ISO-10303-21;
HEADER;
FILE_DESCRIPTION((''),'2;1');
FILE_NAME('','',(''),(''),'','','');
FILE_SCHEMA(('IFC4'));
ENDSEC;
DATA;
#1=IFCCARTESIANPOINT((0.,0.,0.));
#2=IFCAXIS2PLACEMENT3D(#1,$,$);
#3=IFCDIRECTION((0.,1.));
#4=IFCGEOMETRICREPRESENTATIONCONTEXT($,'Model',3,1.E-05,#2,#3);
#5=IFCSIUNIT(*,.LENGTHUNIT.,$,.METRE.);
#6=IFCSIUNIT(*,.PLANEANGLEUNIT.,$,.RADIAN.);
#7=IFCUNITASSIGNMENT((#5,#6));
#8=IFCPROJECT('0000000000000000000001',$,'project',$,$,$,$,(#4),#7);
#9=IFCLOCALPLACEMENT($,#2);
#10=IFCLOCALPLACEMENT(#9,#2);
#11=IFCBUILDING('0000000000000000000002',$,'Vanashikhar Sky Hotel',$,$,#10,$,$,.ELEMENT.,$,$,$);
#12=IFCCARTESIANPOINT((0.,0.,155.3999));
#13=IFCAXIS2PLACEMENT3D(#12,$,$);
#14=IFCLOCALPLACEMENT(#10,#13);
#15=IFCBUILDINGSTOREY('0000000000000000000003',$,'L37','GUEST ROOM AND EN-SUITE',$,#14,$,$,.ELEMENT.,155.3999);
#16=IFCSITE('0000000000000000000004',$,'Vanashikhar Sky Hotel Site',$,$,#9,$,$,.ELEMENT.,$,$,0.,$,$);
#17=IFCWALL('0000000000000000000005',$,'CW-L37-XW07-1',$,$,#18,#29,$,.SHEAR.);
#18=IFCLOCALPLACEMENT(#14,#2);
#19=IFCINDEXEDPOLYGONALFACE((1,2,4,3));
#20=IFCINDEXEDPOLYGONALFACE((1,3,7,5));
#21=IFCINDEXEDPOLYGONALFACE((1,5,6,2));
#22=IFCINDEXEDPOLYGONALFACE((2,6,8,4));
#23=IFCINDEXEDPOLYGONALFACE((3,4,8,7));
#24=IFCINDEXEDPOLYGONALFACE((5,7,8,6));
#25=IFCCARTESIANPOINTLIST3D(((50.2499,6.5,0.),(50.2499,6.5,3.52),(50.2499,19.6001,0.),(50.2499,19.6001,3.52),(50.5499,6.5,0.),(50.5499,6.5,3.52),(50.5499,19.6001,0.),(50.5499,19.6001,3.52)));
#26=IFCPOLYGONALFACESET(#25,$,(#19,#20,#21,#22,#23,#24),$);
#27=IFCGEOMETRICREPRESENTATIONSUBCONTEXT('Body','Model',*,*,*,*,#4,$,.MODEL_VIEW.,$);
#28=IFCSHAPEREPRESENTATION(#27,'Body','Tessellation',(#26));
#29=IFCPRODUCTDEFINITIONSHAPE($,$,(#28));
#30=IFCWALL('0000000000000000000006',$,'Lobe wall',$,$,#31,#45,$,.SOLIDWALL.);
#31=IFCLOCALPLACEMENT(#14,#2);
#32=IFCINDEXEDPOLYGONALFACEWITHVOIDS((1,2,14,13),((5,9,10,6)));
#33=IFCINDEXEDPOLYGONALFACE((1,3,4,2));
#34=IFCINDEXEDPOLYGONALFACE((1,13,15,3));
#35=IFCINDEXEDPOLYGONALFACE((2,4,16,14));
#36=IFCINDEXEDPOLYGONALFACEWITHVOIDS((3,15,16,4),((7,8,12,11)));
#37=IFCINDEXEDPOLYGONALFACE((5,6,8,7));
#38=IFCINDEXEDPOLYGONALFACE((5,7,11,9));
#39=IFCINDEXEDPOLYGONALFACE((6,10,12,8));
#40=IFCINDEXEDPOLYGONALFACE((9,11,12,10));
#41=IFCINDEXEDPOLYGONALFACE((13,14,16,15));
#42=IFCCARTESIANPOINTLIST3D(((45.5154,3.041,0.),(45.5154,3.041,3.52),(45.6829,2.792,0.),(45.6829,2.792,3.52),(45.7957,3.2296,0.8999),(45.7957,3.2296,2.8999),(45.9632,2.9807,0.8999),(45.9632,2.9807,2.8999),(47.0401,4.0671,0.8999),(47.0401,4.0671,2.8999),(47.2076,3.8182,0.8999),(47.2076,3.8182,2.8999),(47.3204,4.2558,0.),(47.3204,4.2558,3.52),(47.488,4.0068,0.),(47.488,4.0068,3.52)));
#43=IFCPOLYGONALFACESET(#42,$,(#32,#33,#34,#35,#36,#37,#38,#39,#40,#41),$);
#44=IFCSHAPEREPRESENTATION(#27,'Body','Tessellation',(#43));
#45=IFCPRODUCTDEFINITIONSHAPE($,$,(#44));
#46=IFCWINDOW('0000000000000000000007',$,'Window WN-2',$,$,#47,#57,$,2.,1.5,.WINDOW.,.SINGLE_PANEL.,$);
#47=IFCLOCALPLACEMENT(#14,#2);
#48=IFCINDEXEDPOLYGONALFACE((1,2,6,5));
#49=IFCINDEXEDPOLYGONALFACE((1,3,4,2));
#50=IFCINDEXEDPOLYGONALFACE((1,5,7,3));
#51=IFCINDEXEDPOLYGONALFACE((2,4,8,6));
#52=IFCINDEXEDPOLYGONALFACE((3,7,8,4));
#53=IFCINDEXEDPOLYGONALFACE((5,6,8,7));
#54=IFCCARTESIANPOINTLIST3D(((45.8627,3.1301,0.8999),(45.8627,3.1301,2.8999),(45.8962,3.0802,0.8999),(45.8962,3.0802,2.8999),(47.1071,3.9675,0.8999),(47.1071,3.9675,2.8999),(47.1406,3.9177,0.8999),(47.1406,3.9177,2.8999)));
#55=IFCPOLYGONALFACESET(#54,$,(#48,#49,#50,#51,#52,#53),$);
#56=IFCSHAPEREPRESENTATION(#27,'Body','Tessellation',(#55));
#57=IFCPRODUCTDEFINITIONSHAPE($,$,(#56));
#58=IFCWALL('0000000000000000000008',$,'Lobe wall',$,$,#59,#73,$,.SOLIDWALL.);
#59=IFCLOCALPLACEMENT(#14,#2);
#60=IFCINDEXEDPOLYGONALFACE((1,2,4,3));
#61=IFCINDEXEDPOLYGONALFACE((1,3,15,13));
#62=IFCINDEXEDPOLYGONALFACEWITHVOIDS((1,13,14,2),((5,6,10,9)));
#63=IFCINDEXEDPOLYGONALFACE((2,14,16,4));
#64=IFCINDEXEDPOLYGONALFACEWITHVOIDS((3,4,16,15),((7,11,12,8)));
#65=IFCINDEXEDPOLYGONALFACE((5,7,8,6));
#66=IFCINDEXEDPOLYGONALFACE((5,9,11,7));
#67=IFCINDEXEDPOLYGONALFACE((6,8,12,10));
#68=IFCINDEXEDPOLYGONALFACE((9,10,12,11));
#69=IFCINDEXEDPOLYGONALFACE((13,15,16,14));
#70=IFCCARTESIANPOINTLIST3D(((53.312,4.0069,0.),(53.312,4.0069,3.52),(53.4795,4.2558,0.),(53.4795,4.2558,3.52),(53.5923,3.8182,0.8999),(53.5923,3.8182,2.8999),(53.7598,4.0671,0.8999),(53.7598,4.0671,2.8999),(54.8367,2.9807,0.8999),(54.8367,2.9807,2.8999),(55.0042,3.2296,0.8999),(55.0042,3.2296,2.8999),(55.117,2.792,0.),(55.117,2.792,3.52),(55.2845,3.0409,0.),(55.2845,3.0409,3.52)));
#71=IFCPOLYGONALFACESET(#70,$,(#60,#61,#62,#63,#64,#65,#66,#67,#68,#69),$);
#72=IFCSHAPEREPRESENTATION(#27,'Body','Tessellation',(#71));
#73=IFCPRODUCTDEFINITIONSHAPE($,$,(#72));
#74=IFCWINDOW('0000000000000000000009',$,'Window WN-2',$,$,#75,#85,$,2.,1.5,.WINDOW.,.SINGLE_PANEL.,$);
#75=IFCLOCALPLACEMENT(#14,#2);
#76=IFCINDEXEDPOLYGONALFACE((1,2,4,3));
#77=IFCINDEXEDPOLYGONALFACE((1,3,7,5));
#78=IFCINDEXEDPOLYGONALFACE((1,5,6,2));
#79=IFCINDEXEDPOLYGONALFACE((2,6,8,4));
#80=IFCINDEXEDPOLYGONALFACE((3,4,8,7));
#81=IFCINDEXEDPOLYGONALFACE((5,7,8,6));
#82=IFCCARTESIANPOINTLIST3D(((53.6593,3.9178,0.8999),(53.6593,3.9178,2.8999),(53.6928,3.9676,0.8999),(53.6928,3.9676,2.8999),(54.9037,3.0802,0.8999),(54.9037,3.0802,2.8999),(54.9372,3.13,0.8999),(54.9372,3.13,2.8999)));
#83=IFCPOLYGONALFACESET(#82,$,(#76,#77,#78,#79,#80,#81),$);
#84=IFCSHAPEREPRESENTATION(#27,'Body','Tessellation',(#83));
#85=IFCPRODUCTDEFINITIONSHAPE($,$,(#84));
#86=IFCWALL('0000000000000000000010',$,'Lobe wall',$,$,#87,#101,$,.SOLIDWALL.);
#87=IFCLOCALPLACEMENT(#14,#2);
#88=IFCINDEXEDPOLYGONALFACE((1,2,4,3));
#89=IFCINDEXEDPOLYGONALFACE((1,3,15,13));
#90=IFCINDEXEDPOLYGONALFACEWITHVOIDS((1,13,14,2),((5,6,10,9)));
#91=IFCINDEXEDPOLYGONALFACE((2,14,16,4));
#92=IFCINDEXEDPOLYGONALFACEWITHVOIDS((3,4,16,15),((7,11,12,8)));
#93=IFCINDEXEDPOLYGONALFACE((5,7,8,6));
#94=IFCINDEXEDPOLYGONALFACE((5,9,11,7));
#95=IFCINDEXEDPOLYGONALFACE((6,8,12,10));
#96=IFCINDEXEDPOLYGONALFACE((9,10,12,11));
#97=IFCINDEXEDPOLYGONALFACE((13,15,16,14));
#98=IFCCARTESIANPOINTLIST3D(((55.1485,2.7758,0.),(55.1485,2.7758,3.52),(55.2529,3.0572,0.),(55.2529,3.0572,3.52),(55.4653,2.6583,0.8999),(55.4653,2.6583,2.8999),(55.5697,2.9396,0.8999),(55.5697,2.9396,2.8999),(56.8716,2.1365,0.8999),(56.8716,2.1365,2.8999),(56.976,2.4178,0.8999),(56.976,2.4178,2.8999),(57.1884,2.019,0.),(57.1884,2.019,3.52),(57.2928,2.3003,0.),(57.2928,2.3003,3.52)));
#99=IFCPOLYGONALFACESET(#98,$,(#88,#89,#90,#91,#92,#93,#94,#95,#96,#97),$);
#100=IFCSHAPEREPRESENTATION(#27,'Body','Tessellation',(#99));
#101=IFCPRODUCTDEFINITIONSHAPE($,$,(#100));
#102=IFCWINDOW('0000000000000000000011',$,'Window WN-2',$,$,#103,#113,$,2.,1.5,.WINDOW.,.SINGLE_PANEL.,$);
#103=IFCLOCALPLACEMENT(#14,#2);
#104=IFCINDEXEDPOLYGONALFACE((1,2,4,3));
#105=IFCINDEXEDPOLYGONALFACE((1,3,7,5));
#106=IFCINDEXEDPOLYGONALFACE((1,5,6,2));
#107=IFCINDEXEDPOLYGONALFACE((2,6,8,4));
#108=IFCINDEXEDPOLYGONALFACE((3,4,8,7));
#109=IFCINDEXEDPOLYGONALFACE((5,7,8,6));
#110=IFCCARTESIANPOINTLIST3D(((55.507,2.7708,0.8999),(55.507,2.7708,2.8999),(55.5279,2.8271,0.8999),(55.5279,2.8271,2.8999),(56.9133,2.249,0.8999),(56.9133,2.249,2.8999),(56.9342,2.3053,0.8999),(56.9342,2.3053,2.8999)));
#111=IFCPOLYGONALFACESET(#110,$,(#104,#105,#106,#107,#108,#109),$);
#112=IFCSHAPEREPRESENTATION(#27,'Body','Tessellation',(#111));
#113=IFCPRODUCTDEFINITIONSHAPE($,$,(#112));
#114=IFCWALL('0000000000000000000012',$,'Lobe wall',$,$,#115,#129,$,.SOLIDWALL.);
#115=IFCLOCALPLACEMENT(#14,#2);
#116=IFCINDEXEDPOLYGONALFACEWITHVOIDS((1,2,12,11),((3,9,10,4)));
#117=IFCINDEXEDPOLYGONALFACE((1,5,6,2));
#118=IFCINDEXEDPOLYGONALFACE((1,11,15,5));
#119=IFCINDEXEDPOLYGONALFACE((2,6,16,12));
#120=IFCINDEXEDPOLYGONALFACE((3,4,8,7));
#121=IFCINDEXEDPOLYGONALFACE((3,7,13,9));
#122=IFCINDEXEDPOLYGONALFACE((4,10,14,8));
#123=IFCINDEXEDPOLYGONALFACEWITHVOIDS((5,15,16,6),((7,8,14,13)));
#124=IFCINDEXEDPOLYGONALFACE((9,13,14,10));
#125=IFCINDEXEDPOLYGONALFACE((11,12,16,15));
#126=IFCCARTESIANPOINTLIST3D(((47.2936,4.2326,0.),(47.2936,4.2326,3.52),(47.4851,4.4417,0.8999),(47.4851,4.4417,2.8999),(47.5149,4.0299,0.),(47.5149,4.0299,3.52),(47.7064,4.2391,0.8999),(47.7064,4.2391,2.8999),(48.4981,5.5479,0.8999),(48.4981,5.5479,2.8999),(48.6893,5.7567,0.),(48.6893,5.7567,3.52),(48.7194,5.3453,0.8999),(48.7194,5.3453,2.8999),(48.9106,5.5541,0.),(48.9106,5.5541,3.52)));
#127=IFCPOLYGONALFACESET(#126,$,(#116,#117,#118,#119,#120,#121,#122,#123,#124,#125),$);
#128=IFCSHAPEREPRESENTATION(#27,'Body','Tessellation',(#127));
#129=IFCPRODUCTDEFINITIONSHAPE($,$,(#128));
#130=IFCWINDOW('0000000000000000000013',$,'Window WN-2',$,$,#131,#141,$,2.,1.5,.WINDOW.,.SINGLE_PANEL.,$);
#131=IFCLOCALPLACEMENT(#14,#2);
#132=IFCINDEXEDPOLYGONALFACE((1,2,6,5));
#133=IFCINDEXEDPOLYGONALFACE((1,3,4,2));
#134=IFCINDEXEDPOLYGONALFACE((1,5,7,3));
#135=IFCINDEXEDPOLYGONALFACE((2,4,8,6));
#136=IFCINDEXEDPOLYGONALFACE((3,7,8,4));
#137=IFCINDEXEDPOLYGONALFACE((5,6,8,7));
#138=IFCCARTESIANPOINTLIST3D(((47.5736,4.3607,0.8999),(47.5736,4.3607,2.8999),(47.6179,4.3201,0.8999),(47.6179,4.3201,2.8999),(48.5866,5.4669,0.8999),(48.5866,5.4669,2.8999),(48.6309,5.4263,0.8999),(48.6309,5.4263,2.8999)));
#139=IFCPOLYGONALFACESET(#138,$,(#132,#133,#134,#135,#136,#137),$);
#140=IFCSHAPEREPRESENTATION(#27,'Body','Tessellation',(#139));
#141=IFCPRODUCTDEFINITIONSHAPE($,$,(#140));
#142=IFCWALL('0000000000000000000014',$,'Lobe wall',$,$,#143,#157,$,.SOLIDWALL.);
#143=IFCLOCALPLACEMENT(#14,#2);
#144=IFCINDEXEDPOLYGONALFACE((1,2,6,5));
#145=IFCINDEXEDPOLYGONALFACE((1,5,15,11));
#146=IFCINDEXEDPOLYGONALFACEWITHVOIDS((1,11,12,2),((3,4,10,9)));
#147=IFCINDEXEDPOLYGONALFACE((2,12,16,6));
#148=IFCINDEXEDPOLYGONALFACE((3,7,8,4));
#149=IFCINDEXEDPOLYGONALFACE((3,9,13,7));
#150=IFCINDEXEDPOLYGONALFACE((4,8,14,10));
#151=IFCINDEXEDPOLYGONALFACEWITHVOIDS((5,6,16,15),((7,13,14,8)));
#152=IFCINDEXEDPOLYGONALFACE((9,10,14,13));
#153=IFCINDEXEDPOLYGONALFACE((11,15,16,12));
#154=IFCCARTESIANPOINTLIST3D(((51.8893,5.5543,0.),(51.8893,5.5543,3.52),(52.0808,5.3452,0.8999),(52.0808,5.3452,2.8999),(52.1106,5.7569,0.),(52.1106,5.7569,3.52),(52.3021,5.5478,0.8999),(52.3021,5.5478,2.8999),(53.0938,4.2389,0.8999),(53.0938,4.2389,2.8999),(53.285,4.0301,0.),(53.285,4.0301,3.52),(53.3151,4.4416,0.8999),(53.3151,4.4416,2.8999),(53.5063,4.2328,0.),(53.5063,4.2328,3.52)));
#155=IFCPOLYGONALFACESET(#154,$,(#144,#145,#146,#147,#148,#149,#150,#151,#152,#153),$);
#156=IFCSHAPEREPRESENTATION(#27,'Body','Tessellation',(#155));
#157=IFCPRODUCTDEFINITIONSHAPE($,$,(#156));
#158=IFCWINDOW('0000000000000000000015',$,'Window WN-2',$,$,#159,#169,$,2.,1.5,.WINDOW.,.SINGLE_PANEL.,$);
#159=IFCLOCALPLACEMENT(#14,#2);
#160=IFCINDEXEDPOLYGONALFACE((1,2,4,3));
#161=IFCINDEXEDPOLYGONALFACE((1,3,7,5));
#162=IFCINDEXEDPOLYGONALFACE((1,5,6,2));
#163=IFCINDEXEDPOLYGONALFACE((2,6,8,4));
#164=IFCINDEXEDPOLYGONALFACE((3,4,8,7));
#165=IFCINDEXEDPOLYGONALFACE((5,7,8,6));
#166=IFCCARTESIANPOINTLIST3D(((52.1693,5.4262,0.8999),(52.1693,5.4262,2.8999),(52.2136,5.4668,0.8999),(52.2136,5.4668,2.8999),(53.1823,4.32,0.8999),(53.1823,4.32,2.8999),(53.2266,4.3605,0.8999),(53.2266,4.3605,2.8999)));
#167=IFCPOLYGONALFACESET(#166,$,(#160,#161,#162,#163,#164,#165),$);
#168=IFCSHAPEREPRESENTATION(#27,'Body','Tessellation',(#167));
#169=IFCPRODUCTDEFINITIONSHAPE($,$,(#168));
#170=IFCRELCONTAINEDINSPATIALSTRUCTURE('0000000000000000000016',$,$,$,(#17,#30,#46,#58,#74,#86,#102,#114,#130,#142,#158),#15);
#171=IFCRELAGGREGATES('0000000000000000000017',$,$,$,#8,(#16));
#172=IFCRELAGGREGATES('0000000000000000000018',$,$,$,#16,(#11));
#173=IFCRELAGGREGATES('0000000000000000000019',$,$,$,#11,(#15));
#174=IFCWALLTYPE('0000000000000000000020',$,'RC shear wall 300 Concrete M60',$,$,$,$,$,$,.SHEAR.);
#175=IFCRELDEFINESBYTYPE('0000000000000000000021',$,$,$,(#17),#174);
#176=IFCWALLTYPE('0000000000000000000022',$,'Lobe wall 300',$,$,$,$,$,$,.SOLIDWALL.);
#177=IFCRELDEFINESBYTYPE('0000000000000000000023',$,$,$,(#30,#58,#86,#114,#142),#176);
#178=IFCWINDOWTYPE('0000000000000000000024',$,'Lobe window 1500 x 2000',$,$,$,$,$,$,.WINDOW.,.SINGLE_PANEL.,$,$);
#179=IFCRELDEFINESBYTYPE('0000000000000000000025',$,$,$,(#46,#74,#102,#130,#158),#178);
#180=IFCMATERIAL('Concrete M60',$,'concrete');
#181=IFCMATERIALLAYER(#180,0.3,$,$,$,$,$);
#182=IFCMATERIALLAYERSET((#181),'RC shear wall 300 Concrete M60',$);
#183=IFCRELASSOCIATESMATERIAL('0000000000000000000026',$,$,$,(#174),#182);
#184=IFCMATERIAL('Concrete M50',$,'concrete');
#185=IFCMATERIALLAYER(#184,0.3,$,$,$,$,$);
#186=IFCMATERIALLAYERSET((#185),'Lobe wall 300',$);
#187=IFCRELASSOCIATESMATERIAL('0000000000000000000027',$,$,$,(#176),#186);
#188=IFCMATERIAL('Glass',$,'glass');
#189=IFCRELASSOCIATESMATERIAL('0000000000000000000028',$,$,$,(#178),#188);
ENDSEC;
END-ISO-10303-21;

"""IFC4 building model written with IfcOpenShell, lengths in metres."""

from ifc_helpers import new_model, si_unit, direction, frame, frame_2d, origin, place, context, subcontext, project, spatial, rectangle, extrude, source, transform, mapped, material, layer, layer_set, type_object, element, fill, save


model = new_model("IFC4")

# Units and contexts
model_context = context("Model", 3, precision=1e-05, world=origin(), true_north=direction((0.0, 1.0)))
body_context = subcontext(model_context, "Body", "Model", "MODEL_VIEW")
ifc_project = project(units=[si_unit("LENGTHUNIT", "METRE"), si_unit("PLANEANGLEUNIT", "RADIAN")], contexts=[model_context])

# Site, building, storey
site_placement = place(None, origin())
site = spatial("IfcSite", under=ifc_project, at=site_placement, Name="Vanashikhar Sky Hotel Site", CompositionType="ELEMENT", RefElevation=0.0)
building_placement = place(site_placement, origin())
building = spatial("IfcBuilding", under=site, at=building_placement, Name="Vanashikhar Sky Hotel", CompositionType="ELEMENT")
storey_placement = place(building_placement, frame((0.0, 0.0, 155.3999)))
storey = spatial("IfcBuildingStorey", under=building, at=storey_placement, Name="L37", Description="GUEST ROOM AND EN-SUITE", CompositionType="ELEMENT", Elevation=155.3999)

# Wall
ifc_material_1 = material(Name="Concrete M60", Category="concrete")
ifc_layer_1 = layer(ifc_material_1, 0.3)
ifc_layer_set_1 = layer_set([ifc_layer_1], Name="RC shear wall 300 Concrete M60")
wall_type_1 = type_object("IfcWallType", Name="RC shear wall 300 Concrete M60", PredefinedType="SHEAR", material=ifc_layer_set_1)
shared_shape_1 = source(origin(), body_context, "Body", "SweptSolid", [
    extrude(rectangle(XDim=13.1001, YDim=0.3, at=frame_2d((6.55, 0.0))), origin(), (0.0, 0.0, 1.0), 3.52),
])
wall_1_placement = place(storey_placement, frame((50.3999, 6.5, 0.0), z_axis=(0.0, 0.0, 1.0), x_axis=(0.0, 1.0, 0.0)))
element("IfcWall", 1, at=wall_1_placement, inside=storey, type_object=wall_type_1, Name="CW-L37-XW07-1", PredefinedType="SHEAR", context=body_context, shape_type="MappedRepresentation", body=[
    mapped(shared_shape_1, transform((0.0, 0.0, 0.0), scale=1.0)),
])

# Walls, openings, windows
ifc_material_2 = material(Name="Concrete M50", Category="concrete")
ifc_layer_2 = layer(ifc_material_2, 0.3)
ifc_layer_set_2 = layer_set([ifc_layer_2], Name="Lobe wall 300")
wall_type_2 = type_object("IfcWallType", Name="Lobe wall 300", PredefinedType="SOLIDWALL", material=ifc_layer_set_2)
shared_shape_2 = source(origin(), body_context, "Body", "SweptSolid", [
    extrude(rectangle(XDim=2.1758, YDim=0.3, at=frame_2d((1.0879, 0.0))), origin(), (0.0, 0.0, 1.0), 3.52),
])
wall_2_placement = place(storey_placement, frame((45.5991, 2.9165, 0.0), z_axis=(0.0, 0.0, 1.0), x_axis=(0.829626, 0.55832, 0.0)))
wall_2 = element("IfcWall", 2, at=wall_2_placement, inside=storey, type_object=wall_type_2, Name="Lobe wall", PredefinedType="SOLIDWALL", context=body_context, shape_type="MappedRepresentation", body=[
    mapped(shared_shape_2, transform((0.0, 0.0, 0.0), scale=1.0)),
])
shared_shape_3 = source(origin(), body_context, "Body", "SweptSolid", [
    extrude(rectangle(XDim=1.5, YDim=2.0, at=frame_2d((0.75, 1.0))), frame((0.0, 0.1602, 0.0), z_axis=(0.0, -1.0, 0.0), x_axis=(1.0, 0.0, 0.0)), (0.0, 0.0, 1.0), 0.3201),
])
opening_1_placement = place(wall_2_placement, frame((0.3379, 0.0, 0.8999)))
opening_1 = element("IfcOpeningElement", 3, at=opening_1_placement, cuts=wall_2, PredefinedType="OPENING", context=body_context, shape_type="MappedRepresentation", body=[
    mapped(shared_shape_3, transform((0.0, 0.0, 0.0), scale=1.0)),
])
ifc_material_3 = material(Name="Glass", Category="glass")
window_type = type_object("IfcWindowType", Name="Lobe window 1500 x 2000", PartitioningType="SINGLE_PANEL", PredefinedType="WINDOW", material=ifc_material_3)
shared_shape_4 = source(origin(), body_context, "Body", "SweptSolid", [
    extrude(rectangle(XDim=1.5, YDim=2.0, at=frame_2d((0.75, 1.0))), frame((0.0, 0.03, 0.0), z_axis=(0.0, -1.0, 0.0), x_axis=(1.0, 0.0, 0.0)), (0.0, 0.0, 1.0), 0.0601),
])
window_1_placement = place(opening_1_placement, origin())
window_1 = element("IfcWindow", 4, at=window_1_placement, inside=storey, type_object=window_type, Name="Window WN-2", OverallHeight=2.0, OverallWidth=1.5, PartitioningType="SINGLE_PANEL", PredefinedType="WINDOW", context=body_context, shape_type="MappedRepresentation", body=[
    mapped(shared_shape_4, transform((0.0, 0.0, 0.0), scale=1.0)),
])
fill(opening_1, window_1)
wall_3_placement = place(storey_placement, frame((53.3958, 4.1313, 0.0), z_axis=(0.0, 0.0, 1.0), x_axis=(0.829591, -0.558372, 0.0)))
wall_3 = element("IfcWall", 5, at=wall_3_placement, inside=storey, type_object=wall_type_2, Name="Lobe wall", PredefinedType="SOLIDWALL", context=body_context, shape_type="MappedRepresentation", body=[
    mapped(shared_shape_2, transform((0.0, 0.0, 0.0), scale=1.0)),
])
opening_2_placement = place(wall_3_placement, frame((0.3379, 0.0, 0.8999)))
opening_2 = element("IfcOpeningElement", 6, at=opening_2_placement, cuts=wall_3, PredefinedType="OPENING", context=body_context, shape_type="MappedRepresentation", body=[
    mapped(shared_shape_3, transform((0.0, 0.0, 0.0), scale=1.0)),
])
window_2_placement = place(opening_2_placement, origin())
window_2 = element("IfcWindow", 7, at=window_2_placement, inside=storey, type_object=window_type, Name="Window WN-2", OverallHeight=2.0, OverallWidth=1.5, PartitioningType="SINGLE_PANEL", PredefinedType="WINDOW", context=body_context, shape_type="MappedRepresentation", body=[
    mapped(shared_shape_4, transform((0.0, 0.0, 0.0), scale=1.0)),
])
fill(opening_2, window_2)
wall_4_placement = place(storey_placement, frame((55.2007, 2.9165, 0.0), z_axis=(0.0, 0.0, 1.0), x_axis=(0.937546, -0.347863, 0.0)))
wall_4 = element("IfcWall", 8, at=wall_4_placement, inside=storey, type_object=wall_type_2, Name="Lobe wall", PredefinedType="SOLIDWALL", context=body_context, shape_type="MappedRepresentation", body=[
    mapped(shared_shape_2, transform((0.0, 0.0, 0.0), scale=1.0)),
])
opening_3_placement = place(wall_4_placement, frame((0.3379, 0.0, 0.8999)))
opening_3 = element("IfcOpeningElement", 9, at=opening_3_placement, cuts=wall_4, PredefinedType="OPENING", context=body_context, shape_type="MappedRepresentation", body=[
    mapped(shared_shape_3, transform((0.0, 0.0, 0.0), scale=1.0)),
])
window_3_placement = place(opening_3_placement, origin())
window_3 = element("IfcWindow", 10, at=window_3_placement, inside=storey, type_object=window_type, Name="Window WN-2", OverallHeight=2.0, OverallWidth=1.5, PartitioningType="SINGLE_PANEL", PredefinedType="WINDOW", context=body_context, shape_type="MappedRepresentation", body=[
    mapped(shared_shape_4, transform((0.0, 0.0, 0.0), scale=1.0)),
])
fill(opening_3, window_3)
shared_shape_5 = source(origin(), body_context, "Body", "SweptSolid", [
    extrude(rectangle(XDim=2.0667, YDim=0.3, at=frame_2d((1.0332, 0.0))), origin(), (0.0, 0.0, 1.0), 3.52),
])
wall_5_placement = place(storey_placement, frame((47.4043, 4.1313, 0.0), z_axis=(0.0, 0.0, 1.0), x_axis=(0.675355, 0.737492, 0.0)))
wall_5 = element("IfcWall", 11, at=wall_5_placement, inside=storey, type_object=wall_type_2, Name="Lobe wall", PredefinedType="SOLIDWALL", context=body_context, shape_type="MappedRepresentation", body=[
    mapped(shared_shape_5, transform((0.0, 0.0, 0.0), scale=1.0)),
])
opening_4_placement = place(wall_5_placement, frame((0.2834, 0.0, 0.8999)))
opening_4 = element("IfcOpeningElement", 12, at=opening_4_placement, cuts=wall_5, PredefinedType="OPENING", context=body_context, shape_type="MappedRepresentation", body=[
    mapped(shared_shape_3, transform((0.0, 0.0, 0.0), scale=1.0)),
])
window_4_placement = place(opening_4_placement, origin())
window_4 = element("IfcWindow", 13, at=window_4_placement, inside=storey, type_object=window_type, Name="Window WN-2", OverallHeight=2.0, OverallWidth=1.5, PartitioningType="SINGLE_PANEL", PredefinedType="WINDOW", context=body_context, shape_type="MappedRepresentation", body=[
    mapped(shared_shape_4, transform((0.0, 0.0, 0.0), scale=1.0)),
])
fill(opening_4, window_4)
wall_6_placement = place(storey_placement, frame((52.0, 5.6555, 0.0), z_axis=(0.0, 0.0, 1.0), x_axis=(0.675355, -0.737492, 0.0)))
wall_6 = element("IfcWall", 14, at=wall_6_placement, inside=storey, type_object=wall_type_2, Name="Lobe wall", PredefinedType="SOLIDWALL", context=body_context, shape_type="MappedRepresentation", body=[
    mapped(shared_shape_5, transform((0.0, 0.0, 0.0), scale=1.0)),
])
opening_5_placement = place(wall_6_placement, frame((0.2834, 0.0, 0.8999)))
opening_5 = element("IfcOpeningElement", 15, at=opening_5_placement, cuts=wall_6, PredefinedType="OPENING", context=body_context, shape_type="MappedRepresentation", body=[
    mapped(shared_shape_3, transform((0.0, 0.0, 0.0), scale=1.0)),
])
window_5_placement = place(opening_5_placement, origin())
window_5 = element("IfcWindow", 16, at=window_5_placement, inside=storey, type_object=window_type, Name="Window WN-2", OverallHeight=2.0, OverallWidth=1.5, PartitioningType="SINGLE_PANEL", PredefinedType="WINDOW", context=body_context, shape_type="MappedRepresentation", body=[
    mapped(shared_shape_4, transform((0.0, 0.0, 0.0), scale=1.0)),
])
fill(opening_5, window_5)

save(model, "model.ifc")
